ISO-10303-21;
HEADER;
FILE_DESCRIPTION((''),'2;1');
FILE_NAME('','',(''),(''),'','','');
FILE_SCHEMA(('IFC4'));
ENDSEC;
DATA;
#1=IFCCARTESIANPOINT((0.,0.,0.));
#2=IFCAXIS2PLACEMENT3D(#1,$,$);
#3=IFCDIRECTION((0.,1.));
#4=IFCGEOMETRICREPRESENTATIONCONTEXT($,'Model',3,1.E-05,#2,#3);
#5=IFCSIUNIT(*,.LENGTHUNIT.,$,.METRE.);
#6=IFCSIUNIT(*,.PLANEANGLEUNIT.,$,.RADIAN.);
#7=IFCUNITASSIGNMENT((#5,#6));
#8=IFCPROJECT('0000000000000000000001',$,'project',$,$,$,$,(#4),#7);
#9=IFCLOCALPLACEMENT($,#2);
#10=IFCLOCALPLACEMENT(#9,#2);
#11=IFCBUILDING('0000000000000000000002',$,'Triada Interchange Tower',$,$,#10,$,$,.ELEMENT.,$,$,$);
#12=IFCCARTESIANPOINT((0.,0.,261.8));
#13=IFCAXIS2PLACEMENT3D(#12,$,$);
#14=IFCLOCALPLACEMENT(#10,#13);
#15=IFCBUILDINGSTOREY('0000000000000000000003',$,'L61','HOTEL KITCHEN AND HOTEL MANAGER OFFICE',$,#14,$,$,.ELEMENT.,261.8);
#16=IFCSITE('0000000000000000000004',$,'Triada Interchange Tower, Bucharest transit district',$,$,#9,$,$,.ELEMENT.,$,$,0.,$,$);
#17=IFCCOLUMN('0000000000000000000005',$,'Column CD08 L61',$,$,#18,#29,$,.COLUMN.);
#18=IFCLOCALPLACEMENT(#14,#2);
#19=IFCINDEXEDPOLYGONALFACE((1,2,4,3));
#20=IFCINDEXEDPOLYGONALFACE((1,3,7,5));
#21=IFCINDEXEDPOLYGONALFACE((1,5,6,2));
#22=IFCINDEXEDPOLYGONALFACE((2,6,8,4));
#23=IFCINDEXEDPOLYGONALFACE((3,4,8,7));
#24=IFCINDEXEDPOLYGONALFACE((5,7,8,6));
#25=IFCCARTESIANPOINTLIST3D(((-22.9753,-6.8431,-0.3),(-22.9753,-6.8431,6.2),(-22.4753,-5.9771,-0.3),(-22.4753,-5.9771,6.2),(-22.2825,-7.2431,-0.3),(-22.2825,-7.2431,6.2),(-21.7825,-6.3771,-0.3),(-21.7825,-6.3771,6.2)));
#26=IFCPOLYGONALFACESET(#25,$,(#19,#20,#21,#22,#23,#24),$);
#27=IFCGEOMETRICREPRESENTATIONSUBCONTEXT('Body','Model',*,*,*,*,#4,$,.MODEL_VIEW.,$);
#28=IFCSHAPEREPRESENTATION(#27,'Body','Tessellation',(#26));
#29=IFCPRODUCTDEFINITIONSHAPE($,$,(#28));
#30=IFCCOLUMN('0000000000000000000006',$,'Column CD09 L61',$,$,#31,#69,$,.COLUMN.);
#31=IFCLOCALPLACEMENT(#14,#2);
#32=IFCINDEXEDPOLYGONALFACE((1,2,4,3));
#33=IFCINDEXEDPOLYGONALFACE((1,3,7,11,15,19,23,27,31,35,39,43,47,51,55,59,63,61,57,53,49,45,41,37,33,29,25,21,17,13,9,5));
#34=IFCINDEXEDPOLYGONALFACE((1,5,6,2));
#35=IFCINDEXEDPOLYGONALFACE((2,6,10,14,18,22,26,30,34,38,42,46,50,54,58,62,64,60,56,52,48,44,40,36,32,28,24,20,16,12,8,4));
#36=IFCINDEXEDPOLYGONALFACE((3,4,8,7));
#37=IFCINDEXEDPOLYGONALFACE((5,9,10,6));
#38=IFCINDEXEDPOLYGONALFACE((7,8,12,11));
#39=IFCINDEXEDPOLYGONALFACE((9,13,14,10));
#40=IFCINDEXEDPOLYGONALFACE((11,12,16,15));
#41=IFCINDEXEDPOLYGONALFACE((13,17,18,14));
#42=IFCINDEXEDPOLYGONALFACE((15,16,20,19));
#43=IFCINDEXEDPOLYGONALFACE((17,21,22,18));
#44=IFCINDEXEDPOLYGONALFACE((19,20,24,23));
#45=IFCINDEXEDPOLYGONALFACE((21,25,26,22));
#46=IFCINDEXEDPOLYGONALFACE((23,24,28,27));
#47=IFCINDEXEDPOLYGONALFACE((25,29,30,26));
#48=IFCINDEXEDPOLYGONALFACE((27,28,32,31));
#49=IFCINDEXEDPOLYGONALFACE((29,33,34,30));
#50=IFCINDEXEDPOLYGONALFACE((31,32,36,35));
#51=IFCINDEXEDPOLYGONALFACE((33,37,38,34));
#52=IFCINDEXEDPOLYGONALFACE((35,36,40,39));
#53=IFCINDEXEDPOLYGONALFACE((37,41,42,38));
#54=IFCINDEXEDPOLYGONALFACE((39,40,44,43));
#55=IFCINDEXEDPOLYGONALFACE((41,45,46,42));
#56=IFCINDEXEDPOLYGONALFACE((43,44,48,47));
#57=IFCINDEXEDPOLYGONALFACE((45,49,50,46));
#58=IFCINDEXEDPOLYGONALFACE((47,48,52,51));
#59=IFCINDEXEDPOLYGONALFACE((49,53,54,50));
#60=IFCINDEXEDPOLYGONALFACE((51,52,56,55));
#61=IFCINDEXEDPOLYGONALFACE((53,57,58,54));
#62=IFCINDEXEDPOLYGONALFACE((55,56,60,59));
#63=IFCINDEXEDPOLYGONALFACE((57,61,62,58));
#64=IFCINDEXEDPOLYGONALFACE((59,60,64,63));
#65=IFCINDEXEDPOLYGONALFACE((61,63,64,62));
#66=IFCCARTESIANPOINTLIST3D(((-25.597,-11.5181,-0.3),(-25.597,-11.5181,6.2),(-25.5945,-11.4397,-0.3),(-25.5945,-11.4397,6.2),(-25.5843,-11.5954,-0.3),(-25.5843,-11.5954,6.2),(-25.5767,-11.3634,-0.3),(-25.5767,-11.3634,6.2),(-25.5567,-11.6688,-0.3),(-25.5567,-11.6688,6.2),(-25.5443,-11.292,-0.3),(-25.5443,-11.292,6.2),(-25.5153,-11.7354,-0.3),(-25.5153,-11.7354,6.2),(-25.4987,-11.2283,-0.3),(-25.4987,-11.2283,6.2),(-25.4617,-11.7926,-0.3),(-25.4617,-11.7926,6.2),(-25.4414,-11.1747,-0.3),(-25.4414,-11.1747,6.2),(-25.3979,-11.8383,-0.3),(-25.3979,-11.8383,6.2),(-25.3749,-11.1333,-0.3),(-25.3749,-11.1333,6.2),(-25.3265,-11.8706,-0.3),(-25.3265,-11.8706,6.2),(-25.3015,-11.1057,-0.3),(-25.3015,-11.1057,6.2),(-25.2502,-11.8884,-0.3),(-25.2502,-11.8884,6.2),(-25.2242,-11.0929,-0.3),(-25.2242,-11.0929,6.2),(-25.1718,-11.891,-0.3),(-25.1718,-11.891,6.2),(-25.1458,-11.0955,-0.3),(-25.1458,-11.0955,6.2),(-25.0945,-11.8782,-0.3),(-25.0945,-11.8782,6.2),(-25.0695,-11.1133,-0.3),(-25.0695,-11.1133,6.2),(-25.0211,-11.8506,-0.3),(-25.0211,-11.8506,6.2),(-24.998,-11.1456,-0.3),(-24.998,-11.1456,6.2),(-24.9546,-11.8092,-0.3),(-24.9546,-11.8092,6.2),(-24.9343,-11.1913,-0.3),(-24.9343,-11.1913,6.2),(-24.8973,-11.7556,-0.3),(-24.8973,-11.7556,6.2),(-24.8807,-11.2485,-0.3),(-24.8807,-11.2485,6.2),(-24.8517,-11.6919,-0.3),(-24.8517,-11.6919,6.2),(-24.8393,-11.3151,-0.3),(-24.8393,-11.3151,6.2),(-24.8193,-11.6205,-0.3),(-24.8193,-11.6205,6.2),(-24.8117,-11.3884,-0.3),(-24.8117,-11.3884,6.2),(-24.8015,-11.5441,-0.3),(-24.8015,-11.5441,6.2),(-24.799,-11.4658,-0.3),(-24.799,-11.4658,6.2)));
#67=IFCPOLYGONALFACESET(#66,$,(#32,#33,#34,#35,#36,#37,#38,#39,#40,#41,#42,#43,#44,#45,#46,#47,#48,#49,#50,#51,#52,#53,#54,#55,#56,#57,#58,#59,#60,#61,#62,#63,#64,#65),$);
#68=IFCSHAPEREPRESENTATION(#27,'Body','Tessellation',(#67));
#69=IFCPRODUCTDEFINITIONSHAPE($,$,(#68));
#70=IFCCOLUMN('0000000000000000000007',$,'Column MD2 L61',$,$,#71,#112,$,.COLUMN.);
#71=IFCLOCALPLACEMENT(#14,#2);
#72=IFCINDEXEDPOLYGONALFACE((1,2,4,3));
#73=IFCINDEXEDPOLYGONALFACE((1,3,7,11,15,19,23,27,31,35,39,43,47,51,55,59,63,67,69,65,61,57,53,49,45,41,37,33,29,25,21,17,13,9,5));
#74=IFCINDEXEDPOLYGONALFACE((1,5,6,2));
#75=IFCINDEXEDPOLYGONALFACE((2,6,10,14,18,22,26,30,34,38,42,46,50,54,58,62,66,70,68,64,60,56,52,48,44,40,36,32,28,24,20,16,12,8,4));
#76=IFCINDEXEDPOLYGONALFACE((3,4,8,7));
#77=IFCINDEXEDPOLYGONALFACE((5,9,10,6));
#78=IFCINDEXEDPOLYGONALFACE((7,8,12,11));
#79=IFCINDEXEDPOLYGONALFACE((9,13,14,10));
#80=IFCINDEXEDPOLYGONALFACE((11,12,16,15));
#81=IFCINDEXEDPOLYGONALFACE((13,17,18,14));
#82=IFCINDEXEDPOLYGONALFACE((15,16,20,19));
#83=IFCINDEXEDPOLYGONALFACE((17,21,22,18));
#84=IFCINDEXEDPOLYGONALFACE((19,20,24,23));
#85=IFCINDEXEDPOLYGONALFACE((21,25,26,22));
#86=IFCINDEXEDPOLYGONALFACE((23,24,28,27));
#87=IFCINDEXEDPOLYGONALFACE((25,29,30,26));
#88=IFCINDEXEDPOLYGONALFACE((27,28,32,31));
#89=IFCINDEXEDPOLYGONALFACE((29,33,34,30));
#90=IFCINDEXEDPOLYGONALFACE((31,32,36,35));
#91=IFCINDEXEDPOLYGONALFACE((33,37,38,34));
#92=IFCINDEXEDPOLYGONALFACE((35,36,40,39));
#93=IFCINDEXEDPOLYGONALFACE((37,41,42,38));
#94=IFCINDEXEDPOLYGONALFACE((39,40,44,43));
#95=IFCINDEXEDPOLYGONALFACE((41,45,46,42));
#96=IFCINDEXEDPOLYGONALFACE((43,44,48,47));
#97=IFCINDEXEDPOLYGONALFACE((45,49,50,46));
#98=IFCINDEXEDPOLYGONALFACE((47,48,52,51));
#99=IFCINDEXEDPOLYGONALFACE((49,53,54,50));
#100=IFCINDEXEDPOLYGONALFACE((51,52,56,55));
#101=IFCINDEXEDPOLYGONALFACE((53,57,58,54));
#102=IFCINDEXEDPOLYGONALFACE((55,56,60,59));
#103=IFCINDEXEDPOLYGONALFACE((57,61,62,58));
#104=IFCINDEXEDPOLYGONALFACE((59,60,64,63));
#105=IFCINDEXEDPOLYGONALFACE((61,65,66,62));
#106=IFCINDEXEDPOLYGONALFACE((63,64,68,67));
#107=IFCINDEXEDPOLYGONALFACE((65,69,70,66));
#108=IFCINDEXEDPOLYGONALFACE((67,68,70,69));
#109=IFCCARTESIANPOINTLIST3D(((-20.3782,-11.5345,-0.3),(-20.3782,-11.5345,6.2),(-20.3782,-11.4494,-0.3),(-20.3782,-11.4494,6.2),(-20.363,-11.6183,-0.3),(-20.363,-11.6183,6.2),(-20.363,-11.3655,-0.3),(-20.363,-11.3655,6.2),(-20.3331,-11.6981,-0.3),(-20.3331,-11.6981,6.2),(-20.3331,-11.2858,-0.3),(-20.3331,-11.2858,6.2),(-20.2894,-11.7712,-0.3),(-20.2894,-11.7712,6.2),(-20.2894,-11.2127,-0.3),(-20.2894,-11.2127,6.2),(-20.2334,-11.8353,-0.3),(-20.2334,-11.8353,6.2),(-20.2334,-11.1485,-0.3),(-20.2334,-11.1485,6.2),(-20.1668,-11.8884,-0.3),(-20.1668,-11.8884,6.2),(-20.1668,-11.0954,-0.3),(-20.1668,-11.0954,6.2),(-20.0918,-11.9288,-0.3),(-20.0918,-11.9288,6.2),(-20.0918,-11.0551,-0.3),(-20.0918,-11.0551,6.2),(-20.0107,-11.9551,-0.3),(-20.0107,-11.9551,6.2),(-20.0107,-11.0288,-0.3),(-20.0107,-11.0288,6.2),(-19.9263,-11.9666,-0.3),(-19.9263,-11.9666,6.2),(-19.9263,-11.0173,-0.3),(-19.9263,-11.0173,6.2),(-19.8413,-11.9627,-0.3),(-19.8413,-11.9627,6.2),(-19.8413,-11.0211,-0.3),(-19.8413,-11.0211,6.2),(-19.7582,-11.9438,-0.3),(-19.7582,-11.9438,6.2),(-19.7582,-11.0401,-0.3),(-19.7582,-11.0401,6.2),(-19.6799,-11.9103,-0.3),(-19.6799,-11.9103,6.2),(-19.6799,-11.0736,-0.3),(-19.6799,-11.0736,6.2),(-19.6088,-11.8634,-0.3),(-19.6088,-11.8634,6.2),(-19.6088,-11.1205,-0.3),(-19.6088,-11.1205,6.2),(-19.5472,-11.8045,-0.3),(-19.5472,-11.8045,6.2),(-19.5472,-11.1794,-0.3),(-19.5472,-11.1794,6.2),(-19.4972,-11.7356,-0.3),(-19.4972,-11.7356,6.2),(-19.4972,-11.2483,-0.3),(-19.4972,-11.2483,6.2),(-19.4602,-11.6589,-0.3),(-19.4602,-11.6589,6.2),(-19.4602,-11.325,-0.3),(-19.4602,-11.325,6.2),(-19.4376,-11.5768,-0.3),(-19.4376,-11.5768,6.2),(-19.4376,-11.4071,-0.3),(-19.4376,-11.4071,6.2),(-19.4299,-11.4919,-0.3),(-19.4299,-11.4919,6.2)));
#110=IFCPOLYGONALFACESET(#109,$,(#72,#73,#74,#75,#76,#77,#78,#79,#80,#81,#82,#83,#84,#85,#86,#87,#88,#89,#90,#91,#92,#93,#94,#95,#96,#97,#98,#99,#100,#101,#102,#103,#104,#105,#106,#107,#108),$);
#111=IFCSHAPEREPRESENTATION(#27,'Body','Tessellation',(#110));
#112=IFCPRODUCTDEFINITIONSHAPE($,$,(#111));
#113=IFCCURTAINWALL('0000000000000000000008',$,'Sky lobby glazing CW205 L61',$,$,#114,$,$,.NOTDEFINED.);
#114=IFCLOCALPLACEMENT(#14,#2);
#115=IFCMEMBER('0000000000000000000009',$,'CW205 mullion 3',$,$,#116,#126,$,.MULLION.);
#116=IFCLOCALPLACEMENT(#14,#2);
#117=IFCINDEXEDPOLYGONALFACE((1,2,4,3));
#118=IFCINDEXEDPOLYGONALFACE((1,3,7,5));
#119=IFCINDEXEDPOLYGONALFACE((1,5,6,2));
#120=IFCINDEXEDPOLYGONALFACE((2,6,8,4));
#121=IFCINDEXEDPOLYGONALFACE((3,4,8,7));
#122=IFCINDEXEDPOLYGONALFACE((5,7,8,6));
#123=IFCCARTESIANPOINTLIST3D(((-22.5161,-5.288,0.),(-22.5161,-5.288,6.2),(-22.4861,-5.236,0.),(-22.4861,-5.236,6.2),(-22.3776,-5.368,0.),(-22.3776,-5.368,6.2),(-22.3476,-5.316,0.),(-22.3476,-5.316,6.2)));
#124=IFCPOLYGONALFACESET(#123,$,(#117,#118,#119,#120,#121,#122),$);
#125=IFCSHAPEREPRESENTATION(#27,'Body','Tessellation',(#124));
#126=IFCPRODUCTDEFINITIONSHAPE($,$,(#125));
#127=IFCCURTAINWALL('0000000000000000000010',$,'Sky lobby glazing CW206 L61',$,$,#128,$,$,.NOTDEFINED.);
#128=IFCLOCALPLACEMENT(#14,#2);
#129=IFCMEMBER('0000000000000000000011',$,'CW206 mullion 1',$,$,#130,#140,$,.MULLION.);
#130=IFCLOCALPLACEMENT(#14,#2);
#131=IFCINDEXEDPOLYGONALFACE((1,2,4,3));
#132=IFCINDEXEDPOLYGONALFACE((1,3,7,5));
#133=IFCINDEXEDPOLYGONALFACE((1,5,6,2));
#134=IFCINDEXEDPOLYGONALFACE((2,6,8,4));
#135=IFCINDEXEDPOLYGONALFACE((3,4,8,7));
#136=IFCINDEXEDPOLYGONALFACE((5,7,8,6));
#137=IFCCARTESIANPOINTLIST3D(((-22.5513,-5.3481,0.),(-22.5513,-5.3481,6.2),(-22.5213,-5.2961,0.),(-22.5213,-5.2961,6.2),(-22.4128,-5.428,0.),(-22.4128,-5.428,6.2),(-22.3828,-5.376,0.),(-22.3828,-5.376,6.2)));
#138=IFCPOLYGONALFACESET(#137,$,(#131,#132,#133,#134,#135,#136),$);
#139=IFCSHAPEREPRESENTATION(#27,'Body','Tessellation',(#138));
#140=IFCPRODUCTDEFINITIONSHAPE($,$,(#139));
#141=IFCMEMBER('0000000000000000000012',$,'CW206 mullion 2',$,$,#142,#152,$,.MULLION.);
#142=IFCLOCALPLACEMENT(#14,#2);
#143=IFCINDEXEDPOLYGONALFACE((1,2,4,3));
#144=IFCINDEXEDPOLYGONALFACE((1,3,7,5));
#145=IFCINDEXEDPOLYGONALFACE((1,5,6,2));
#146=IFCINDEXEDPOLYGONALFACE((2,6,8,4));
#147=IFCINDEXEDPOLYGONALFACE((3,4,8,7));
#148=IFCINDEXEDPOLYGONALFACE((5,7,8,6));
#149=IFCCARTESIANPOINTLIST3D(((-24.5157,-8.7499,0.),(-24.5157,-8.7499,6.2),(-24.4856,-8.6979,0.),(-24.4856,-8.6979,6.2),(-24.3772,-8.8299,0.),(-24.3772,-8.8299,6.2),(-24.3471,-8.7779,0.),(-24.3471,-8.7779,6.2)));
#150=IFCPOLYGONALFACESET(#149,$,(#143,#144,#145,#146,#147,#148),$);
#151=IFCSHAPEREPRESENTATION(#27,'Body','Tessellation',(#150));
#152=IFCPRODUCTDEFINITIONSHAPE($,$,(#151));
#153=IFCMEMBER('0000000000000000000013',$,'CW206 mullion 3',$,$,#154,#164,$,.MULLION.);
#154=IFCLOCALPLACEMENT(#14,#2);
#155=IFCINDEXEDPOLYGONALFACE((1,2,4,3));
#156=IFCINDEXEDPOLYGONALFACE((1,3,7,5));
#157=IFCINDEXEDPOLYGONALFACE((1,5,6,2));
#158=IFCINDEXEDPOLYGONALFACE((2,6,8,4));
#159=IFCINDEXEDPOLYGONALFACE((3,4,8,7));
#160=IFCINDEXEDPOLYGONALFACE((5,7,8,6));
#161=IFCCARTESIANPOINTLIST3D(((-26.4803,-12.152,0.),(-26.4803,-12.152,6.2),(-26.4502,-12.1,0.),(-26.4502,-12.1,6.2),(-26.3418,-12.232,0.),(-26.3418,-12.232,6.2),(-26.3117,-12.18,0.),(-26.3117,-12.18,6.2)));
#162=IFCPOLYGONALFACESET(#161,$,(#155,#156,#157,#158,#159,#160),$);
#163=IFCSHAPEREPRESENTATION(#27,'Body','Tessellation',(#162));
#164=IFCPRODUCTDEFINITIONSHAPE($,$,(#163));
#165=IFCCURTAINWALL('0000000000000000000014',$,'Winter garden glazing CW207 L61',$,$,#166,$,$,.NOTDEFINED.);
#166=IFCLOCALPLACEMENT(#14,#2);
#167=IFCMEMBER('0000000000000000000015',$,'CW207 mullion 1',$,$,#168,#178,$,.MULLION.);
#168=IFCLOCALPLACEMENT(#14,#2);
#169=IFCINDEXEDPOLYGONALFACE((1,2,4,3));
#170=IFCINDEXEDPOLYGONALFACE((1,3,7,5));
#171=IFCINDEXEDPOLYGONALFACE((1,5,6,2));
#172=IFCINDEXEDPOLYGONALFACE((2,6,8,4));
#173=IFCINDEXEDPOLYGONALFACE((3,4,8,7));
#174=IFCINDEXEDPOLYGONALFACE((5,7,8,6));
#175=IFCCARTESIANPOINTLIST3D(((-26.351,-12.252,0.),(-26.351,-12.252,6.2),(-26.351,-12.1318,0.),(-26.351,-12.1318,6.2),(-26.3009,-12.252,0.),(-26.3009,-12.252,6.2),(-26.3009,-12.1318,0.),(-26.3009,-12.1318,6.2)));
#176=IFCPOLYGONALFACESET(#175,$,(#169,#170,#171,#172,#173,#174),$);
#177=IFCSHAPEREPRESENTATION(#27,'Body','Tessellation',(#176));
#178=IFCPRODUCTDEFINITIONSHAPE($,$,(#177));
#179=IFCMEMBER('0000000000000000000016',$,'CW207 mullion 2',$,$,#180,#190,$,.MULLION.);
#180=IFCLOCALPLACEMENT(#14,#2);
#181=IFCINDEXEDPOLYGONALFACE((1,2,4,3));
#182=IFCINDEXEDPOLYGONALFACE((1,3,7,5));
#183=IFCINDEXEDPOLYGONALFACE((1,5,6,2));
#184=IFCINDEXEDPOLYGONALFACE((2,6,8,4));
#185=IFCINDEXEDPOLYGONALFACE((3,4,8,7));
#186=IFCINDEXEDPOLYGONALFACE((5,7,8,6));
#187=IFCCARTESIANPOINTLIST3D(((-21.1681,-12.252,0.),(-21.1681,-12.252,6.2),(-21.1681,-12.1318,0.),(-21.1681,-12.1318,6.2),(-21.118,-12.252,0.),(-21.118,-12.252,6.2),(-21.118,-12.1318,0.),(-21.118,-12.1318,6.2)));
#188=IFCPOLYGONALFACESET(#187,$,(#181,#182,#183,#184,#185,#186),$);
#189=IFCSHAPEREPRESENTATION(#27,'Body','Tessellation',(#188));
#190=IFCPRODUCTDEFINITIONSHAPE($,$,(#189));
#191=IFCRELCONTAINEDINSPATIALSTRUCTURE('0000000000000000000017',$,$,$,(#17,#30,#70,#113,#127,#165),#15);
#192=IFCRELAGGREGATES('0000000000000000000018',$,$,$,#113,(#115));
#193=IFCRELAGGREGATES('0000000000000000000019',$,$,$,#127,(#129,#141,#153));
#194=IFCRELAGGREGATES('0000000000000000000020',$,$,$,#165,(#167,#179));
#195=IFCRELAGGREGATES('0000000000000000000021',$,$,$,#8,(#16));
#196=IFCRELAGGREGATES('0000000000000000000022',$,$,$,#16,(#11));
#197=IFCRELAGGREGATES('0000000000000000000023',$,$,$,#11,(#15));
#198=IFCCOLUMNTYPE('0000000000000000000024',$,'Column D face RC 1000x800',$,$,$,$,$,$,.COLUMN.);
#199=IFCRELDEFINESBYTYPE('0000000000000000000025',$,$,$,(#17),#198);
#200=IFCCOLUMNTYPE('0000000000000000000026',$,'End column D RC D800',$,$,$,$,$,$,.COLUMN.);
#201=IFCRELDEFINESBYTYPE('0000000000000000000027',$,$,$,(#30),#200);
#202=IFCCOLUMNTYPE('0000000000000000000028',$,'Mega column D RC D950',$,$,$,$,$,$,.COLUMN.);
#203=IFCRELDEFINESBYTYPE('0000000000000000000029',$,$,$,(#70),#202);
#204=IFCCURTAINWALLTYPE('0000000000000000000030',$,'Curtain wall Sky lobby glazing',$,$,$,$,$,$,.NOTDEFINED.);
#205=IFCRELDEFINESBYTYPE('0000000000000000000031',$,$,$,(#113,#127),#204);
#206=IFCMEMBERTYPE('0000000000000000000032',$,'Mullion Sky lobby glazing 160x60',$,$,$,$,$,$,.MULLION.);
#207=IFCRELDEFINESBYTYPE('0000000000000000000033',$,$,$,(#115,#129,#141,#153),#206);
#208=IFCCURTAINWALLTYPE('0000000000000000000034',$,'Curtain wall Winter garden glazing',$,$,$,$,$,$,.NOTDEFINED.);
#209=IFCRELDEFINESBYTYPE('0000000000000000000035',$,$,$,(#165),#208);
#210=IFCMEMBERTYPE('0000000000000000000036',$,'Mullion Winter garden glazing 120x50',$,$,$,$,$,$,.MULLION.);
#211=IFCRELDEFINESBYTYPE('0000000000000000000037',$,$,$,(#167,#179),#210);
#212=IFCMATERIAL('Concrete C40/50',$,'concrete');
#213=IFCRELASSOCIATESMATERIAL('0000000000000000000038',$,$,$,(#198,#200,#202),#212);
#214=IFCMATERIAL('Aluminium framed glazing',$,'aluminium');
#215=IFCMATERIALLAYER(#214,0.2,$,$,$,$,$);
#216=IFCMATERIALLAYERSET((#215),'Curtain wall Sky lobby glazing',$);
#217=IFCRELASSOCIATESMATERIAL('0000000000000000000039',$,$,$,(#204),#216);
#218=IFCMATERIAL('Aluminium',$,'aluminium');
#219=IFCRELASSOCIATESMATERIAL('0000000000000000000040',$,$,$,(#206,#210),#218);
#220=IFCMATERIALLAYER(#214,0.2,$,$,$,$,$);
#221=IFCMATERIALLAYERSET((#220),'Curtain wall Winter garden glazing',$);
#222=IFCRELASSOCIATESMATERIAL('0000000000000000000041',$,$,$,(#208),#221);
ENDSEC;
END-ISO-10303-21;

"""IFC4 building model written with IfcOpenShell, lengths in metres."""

from ifc_helpers import new_model, si_unit, direction, frame, origin, origin_2d, place, context, subcontext, project, spatial, rectangle, circle, extrude, material, layer, layer_set, material_profile, profile_set, type_object, element, aggregate, save


model = new_model("IFC4")

# Units and contexts
model_context = context("Model", 3, precision=1e-05, world=origin(), true_north=direction((0.0, 1.0)))
body_context = subcontext(model_context, "Body", "Model", "MODEL_VIEW")
ifc_project = project(units=[si_unit("LENGTHUNIT", "METRE"), si_unit("PLANEANGLEUNIT", "RADIAN")], contexts=[model_context])

# Site, building, storey
site_placement = place(None, origin())
site = spatial("IfcSite", under=ifc_project, at=site_placement, Name="Triada Interchange Tower, Bucharest transit district", CompositionType="ELEMENT", RefElevation=0.0)
building_placement = place(site_placement, origin())
building = spatial("IfcBuilding", under=site, at=building_placement, Name="Triada Interchange Tower", CompositionType="ELEMENT")
storey_placement = place(building_placement, frame((0.0, 0.0, 261.8)))
storey = spatial("IfcBuildingStorey", under=building, at=storey_placement, Name="L61", Description="HOTEL KITCHEN AND HOTEL MANAGER OFFICE", CompositionType="ELEMENT", Elevation=261.8)

# Columns
ifc_material_1 = material(Name="Concrete C40/50", Category="concrete")
ifc_material_profile_1 = material_profile(ifc_material_1, rectangle(XDim=1.0, YDim=0.8, at=origin_2d()), Name="RC 1000x800")
ifc_profile_set_1 = profile_set([ifc_material_profile_1], Name="Concrete C40/50")
column_type_1 = type_object("IfcColumnType", Name="Column D face RC 1000x800", PredefinedType="COLUMN", material=ifc_profile_set_1)
column_1_placement = place(storey_placement, frame((-22.3789, -6.6101, -0.3), z_axis=(0.0, 0.0, 1.0), x_axis=(0.5, 0.866025, 0.0)))
element("IfcColumn", 1, at=column_1_placement, inside=storey, type_object=column_type_1, Name="Column CD08 L61", PredefinedType="COLUMN", context=body_context, shape_type="SweptSolid", body=[
    extrude(rectangle(XDim=1.0, YDim=0.8, at=origin_2d()), origin(), (0.0, 0.0, 1.0), 6.5),
])
ifc_material_profile_2 = material_profile(ifc_material_1, circle(Radius=0.3999, at=origin_2d()), Name="RC D800")
ifc_profile_set_2 = profile_set([ifc_material_profile_2], Name="Concrete C40/50")
column_type_2 = type_object("IfcColumnType", Name="End column D RC D800", PredefinedType="COLUMN", material=ifc_profile_set_2)
column_2_placement = place(storey_placement, frame((-25.198, -11.4919, -0.3), z_axis=(0.0, 0.0, 1.0), x_axis=(0.5, 0.866025, 0.0)))
element("IfcColumn", 2, at=column_2_placement, inside=storey, type_object=column_type_2, Name="Column CD09 L61", PredefinedType="COLUMN", context=body_context, shape_type="SweptSolid", body=[
    extrude(circle(Radius=0.3999, at=origin_2d()), origin(), (0.0, 0.0, 1.0), 6.5),
])
ifc_material_profile_3 = material_profile(ifc_material_1, circle(Radius=0.4751, at=origin_2d()), Name="RC D950")
ifc_profile_set_3 = profile_set([ifc_material_profile_3], Name="Concrete C40/50")
column_type_3 = type_object("IfcColumnType", Name="Mega column D RC D950", PredefinedType="COLUMN", material=ifc_profile_set_3)
column_3_placement = place(storey_placement, frame((-19.905, -11.4919, -0.3), z_axis=(0.0, 0.0, 1.0), x_axis=(1.0, 0.0, 0.0)))
element("IfcColumn", 3, at=column_3_placement, inside=storey, type_object=column_type_3, Name="Column MD2 L61", PredefinedType="COLUMN", context=body_context, shape_type="SweptSolid", body=[
    extrude(circle(Radius=0.4751, at=origin_2d()), origin(), (0.0, 0.0, 1.0), 6.5),
])

# Curtain wall, member
ifc_material_2 = material(Name="Aluminium framed glazing", Category="aluminium")
ifc_layer_1 = layer(ifc_material_2, 0.2)
ifc_layer_set_1 = layer_set([ifc_layer_1], Name="Curtain wall Sky lobby glazing")
curtain_wall_type_1 = type_object("IfcCurtainWallType", Name="Curtain wall Sky lobby glazing", PredefinedType="NOTDEFINED", material=ifc_layer_set_1)
curtain_wall_1_placement = place(storey_placement, origin())
curtain_wall_1 = element("IfcCurtainWall", 4, at=curtain_wall_1_placement, inside=storey, type_object=curtain_wall_type_1, Name="Sky lobby glazing CW205 L61", PredefinedType="NOTDEFINED")
ifc_material_3 = material(Name="Aluminium", Category="aluminium")
ifc_material_profile_4 = material_profile(ifc_material_3, rectangle(XDim=0.1599, YDim=0.0601, at=origin_2d()), Name="Aluminium mullion")
ifc_profile_set_4 = profile_set([ifc_material_profile_4], Name="Aluminium")
member_type_1 = type_object("IfcMemberType", Name="Mullion Sky lobby glazing 160x60", PredefinedType="MULLION", material=ifc_profile_set_4)
member_1_placement = place(storey_placement, frame((-22.4319, -5.302, 0.0), z_axis=(0.0, 0.0, 1.0), x_axis=(0.86608, -0.499905, 0.0)))
member_1 = element("IfcMember", 5, at=member_1_placement, type_object=member_type_1, Name="CW205 mullion 3", PredefinedType="MULLION", context=body_context, shape_type="SweptSolid", body=[
    extrude(rectangle(XDim=0.1599, YDim=0.0601, at=origin_2d()), origin(), (0.0, 0.0, 1.0), 6.2),
])

# Curtain walls, members
curtain_wall_2_placement = place(storey_placement, origin())
curtain_wall_2 = element("IfcCurtainWall", 6, at=curtain_wall_2_placement, inside=storey, type_object=curtain_wall_type_1, Name="Sky lobby glazing CW206 L61", PredefinedType="NOTDEFINED")
member_2_placement = place(storey_placement, frame((-22.467, -5.3621, 0.0), z_axis=(0.0, 0.0, 1.0), x_axis=(0.865988, -0.500065, 0.0)))
member_2 = element("IfcMember", 7, at=member_2_placement, type_object=member_type_1, Name="CW206 mullion 1", PredefinedType="MULLION", context=body_context, shape_type="SweptSolid", body=[
    extrude(rectangle(XDim=0.1599, YDim=0.0601, at=origin_2d()), origin(), (0.0, 0.0, 1.0), 6.2),
])
member_3_placement = place(storey_placement, frame((-24.4314, -8.7639, 0.0), z_axis=(0.0, 0.0, 1.0), x_axis=(0.865988, -0.500065, 0.0)))
member_3 = element("IfcMember", 8, at=member_3_placement, type_object=member_type_1, Name="CW206 mullion 2", PredefinedType="MULLION", context=body_context, shape_type="SweptSolid", body=[
    extrude(rectangle(XDim=0.1599, YDim=0.0601, at=origin_2d()), origin(), (0.0, 0.0, 1.0), 6.2),
])
member_4_placement = place(storey_placement, frame((-26.396, -12.166, 0.0), z_axis=(0.0, 0.0, 1.0), x_axis=(0.865988, -0.500065, 0.0)))
member_4 = element("IfcMember", 9, at=member_4_placement, type_object=member_type_1, Name="CW206 mullion 3", PredefinedType="MULLION", context=body_context, shape_type="SweptSolid", body=[
    extrude(rectangle(XDim=0.1599, YDim=0.0601, at=origin_2d()), origin(), (0.0, 0.0, 1.0), 6.2),
])
ifc_layer_2 = layer(ifc_material_2, 0.2)
ifc_layer_set_2 = layer_set([ifc_layer_2], Name="Curtain wall Winter garden glazing")
curtain_wall_type_2 = type_object("IfcCurtainWallType", Name="Curtain wall Winter garden glazing", PredefinedType="NOTDEFINED", material=ifc_layer_set_2)
curtain_wall_3_placement = place(storey_placement, origin())
curtain_wall_3 = element("IfcCurtainWall", 10, at=curtain_wall_3_placement, inside=storey, type_object=curtain_wall_type_2, Name="Winter garden glazing CW207 L61", PredefinedType="NOTDEFINED")
ifc_material_profile_5 = material_profile(ifc_material_3, rectangle(XDim=0.1201, YDim=0.05, at=origin_2d()), Name="Aluminium mullion")
ifc_profile_set_5 = profile_set([ifc_material_profile_5], Name="Aluminium")
member_type_2 = type_object("IfcMemberType", Name="Mullion Winter garden glazing 120x50", PredefinedType="MULLION", material=ifc_profile_set_5)
member_5_placement = place(storey_placement, frame((-26.3259, -12.1919, 0.0), z_axis=(0.0, 0.0, 1.0), x_axis=(0.0, 1.0, 0.0)))
member_5 = element("IfcMember", 11, at=member_5_placement, type_object=member_type_2, Name="CW207 mullion 1", PredefinedType="MULLION", context=body_context, shape_type="SweptSolid", body=[
    extrude(rectangle(XDim=0.1201, YDim=0.05, at=origin_2d()), origin(), (0.0, 0.0, 1.0), 6.2),
])
member_6_placement = place(storey_placement, frame((-21.1431, -12.1919, 0.0), z_axis=(0.0, 0.0, 1.0), x_axis=(0.0, 1.0, 0.0)))
member_6 = element("IfcMember", 12, at=member_6_placement, type_object=member_type_2, Name="CW207 mullion 2", PredefinedType="MULLION", context=body_context, shape_type="SweptSolid", body=[
    extrude(rectangle(XDim=0.1201, YDim=0.05, at=origin_2d()), origin(), (0.0, 0.0, 1.0), 6.2),
])

aggregate(curtain_wall_1, [member_1])
aggregate(curtain_wall_2, [member_2, member_3, member_4])
aggregate(curtain_wall_3, [member_5, member_6])

save(model, "model.ifc")
